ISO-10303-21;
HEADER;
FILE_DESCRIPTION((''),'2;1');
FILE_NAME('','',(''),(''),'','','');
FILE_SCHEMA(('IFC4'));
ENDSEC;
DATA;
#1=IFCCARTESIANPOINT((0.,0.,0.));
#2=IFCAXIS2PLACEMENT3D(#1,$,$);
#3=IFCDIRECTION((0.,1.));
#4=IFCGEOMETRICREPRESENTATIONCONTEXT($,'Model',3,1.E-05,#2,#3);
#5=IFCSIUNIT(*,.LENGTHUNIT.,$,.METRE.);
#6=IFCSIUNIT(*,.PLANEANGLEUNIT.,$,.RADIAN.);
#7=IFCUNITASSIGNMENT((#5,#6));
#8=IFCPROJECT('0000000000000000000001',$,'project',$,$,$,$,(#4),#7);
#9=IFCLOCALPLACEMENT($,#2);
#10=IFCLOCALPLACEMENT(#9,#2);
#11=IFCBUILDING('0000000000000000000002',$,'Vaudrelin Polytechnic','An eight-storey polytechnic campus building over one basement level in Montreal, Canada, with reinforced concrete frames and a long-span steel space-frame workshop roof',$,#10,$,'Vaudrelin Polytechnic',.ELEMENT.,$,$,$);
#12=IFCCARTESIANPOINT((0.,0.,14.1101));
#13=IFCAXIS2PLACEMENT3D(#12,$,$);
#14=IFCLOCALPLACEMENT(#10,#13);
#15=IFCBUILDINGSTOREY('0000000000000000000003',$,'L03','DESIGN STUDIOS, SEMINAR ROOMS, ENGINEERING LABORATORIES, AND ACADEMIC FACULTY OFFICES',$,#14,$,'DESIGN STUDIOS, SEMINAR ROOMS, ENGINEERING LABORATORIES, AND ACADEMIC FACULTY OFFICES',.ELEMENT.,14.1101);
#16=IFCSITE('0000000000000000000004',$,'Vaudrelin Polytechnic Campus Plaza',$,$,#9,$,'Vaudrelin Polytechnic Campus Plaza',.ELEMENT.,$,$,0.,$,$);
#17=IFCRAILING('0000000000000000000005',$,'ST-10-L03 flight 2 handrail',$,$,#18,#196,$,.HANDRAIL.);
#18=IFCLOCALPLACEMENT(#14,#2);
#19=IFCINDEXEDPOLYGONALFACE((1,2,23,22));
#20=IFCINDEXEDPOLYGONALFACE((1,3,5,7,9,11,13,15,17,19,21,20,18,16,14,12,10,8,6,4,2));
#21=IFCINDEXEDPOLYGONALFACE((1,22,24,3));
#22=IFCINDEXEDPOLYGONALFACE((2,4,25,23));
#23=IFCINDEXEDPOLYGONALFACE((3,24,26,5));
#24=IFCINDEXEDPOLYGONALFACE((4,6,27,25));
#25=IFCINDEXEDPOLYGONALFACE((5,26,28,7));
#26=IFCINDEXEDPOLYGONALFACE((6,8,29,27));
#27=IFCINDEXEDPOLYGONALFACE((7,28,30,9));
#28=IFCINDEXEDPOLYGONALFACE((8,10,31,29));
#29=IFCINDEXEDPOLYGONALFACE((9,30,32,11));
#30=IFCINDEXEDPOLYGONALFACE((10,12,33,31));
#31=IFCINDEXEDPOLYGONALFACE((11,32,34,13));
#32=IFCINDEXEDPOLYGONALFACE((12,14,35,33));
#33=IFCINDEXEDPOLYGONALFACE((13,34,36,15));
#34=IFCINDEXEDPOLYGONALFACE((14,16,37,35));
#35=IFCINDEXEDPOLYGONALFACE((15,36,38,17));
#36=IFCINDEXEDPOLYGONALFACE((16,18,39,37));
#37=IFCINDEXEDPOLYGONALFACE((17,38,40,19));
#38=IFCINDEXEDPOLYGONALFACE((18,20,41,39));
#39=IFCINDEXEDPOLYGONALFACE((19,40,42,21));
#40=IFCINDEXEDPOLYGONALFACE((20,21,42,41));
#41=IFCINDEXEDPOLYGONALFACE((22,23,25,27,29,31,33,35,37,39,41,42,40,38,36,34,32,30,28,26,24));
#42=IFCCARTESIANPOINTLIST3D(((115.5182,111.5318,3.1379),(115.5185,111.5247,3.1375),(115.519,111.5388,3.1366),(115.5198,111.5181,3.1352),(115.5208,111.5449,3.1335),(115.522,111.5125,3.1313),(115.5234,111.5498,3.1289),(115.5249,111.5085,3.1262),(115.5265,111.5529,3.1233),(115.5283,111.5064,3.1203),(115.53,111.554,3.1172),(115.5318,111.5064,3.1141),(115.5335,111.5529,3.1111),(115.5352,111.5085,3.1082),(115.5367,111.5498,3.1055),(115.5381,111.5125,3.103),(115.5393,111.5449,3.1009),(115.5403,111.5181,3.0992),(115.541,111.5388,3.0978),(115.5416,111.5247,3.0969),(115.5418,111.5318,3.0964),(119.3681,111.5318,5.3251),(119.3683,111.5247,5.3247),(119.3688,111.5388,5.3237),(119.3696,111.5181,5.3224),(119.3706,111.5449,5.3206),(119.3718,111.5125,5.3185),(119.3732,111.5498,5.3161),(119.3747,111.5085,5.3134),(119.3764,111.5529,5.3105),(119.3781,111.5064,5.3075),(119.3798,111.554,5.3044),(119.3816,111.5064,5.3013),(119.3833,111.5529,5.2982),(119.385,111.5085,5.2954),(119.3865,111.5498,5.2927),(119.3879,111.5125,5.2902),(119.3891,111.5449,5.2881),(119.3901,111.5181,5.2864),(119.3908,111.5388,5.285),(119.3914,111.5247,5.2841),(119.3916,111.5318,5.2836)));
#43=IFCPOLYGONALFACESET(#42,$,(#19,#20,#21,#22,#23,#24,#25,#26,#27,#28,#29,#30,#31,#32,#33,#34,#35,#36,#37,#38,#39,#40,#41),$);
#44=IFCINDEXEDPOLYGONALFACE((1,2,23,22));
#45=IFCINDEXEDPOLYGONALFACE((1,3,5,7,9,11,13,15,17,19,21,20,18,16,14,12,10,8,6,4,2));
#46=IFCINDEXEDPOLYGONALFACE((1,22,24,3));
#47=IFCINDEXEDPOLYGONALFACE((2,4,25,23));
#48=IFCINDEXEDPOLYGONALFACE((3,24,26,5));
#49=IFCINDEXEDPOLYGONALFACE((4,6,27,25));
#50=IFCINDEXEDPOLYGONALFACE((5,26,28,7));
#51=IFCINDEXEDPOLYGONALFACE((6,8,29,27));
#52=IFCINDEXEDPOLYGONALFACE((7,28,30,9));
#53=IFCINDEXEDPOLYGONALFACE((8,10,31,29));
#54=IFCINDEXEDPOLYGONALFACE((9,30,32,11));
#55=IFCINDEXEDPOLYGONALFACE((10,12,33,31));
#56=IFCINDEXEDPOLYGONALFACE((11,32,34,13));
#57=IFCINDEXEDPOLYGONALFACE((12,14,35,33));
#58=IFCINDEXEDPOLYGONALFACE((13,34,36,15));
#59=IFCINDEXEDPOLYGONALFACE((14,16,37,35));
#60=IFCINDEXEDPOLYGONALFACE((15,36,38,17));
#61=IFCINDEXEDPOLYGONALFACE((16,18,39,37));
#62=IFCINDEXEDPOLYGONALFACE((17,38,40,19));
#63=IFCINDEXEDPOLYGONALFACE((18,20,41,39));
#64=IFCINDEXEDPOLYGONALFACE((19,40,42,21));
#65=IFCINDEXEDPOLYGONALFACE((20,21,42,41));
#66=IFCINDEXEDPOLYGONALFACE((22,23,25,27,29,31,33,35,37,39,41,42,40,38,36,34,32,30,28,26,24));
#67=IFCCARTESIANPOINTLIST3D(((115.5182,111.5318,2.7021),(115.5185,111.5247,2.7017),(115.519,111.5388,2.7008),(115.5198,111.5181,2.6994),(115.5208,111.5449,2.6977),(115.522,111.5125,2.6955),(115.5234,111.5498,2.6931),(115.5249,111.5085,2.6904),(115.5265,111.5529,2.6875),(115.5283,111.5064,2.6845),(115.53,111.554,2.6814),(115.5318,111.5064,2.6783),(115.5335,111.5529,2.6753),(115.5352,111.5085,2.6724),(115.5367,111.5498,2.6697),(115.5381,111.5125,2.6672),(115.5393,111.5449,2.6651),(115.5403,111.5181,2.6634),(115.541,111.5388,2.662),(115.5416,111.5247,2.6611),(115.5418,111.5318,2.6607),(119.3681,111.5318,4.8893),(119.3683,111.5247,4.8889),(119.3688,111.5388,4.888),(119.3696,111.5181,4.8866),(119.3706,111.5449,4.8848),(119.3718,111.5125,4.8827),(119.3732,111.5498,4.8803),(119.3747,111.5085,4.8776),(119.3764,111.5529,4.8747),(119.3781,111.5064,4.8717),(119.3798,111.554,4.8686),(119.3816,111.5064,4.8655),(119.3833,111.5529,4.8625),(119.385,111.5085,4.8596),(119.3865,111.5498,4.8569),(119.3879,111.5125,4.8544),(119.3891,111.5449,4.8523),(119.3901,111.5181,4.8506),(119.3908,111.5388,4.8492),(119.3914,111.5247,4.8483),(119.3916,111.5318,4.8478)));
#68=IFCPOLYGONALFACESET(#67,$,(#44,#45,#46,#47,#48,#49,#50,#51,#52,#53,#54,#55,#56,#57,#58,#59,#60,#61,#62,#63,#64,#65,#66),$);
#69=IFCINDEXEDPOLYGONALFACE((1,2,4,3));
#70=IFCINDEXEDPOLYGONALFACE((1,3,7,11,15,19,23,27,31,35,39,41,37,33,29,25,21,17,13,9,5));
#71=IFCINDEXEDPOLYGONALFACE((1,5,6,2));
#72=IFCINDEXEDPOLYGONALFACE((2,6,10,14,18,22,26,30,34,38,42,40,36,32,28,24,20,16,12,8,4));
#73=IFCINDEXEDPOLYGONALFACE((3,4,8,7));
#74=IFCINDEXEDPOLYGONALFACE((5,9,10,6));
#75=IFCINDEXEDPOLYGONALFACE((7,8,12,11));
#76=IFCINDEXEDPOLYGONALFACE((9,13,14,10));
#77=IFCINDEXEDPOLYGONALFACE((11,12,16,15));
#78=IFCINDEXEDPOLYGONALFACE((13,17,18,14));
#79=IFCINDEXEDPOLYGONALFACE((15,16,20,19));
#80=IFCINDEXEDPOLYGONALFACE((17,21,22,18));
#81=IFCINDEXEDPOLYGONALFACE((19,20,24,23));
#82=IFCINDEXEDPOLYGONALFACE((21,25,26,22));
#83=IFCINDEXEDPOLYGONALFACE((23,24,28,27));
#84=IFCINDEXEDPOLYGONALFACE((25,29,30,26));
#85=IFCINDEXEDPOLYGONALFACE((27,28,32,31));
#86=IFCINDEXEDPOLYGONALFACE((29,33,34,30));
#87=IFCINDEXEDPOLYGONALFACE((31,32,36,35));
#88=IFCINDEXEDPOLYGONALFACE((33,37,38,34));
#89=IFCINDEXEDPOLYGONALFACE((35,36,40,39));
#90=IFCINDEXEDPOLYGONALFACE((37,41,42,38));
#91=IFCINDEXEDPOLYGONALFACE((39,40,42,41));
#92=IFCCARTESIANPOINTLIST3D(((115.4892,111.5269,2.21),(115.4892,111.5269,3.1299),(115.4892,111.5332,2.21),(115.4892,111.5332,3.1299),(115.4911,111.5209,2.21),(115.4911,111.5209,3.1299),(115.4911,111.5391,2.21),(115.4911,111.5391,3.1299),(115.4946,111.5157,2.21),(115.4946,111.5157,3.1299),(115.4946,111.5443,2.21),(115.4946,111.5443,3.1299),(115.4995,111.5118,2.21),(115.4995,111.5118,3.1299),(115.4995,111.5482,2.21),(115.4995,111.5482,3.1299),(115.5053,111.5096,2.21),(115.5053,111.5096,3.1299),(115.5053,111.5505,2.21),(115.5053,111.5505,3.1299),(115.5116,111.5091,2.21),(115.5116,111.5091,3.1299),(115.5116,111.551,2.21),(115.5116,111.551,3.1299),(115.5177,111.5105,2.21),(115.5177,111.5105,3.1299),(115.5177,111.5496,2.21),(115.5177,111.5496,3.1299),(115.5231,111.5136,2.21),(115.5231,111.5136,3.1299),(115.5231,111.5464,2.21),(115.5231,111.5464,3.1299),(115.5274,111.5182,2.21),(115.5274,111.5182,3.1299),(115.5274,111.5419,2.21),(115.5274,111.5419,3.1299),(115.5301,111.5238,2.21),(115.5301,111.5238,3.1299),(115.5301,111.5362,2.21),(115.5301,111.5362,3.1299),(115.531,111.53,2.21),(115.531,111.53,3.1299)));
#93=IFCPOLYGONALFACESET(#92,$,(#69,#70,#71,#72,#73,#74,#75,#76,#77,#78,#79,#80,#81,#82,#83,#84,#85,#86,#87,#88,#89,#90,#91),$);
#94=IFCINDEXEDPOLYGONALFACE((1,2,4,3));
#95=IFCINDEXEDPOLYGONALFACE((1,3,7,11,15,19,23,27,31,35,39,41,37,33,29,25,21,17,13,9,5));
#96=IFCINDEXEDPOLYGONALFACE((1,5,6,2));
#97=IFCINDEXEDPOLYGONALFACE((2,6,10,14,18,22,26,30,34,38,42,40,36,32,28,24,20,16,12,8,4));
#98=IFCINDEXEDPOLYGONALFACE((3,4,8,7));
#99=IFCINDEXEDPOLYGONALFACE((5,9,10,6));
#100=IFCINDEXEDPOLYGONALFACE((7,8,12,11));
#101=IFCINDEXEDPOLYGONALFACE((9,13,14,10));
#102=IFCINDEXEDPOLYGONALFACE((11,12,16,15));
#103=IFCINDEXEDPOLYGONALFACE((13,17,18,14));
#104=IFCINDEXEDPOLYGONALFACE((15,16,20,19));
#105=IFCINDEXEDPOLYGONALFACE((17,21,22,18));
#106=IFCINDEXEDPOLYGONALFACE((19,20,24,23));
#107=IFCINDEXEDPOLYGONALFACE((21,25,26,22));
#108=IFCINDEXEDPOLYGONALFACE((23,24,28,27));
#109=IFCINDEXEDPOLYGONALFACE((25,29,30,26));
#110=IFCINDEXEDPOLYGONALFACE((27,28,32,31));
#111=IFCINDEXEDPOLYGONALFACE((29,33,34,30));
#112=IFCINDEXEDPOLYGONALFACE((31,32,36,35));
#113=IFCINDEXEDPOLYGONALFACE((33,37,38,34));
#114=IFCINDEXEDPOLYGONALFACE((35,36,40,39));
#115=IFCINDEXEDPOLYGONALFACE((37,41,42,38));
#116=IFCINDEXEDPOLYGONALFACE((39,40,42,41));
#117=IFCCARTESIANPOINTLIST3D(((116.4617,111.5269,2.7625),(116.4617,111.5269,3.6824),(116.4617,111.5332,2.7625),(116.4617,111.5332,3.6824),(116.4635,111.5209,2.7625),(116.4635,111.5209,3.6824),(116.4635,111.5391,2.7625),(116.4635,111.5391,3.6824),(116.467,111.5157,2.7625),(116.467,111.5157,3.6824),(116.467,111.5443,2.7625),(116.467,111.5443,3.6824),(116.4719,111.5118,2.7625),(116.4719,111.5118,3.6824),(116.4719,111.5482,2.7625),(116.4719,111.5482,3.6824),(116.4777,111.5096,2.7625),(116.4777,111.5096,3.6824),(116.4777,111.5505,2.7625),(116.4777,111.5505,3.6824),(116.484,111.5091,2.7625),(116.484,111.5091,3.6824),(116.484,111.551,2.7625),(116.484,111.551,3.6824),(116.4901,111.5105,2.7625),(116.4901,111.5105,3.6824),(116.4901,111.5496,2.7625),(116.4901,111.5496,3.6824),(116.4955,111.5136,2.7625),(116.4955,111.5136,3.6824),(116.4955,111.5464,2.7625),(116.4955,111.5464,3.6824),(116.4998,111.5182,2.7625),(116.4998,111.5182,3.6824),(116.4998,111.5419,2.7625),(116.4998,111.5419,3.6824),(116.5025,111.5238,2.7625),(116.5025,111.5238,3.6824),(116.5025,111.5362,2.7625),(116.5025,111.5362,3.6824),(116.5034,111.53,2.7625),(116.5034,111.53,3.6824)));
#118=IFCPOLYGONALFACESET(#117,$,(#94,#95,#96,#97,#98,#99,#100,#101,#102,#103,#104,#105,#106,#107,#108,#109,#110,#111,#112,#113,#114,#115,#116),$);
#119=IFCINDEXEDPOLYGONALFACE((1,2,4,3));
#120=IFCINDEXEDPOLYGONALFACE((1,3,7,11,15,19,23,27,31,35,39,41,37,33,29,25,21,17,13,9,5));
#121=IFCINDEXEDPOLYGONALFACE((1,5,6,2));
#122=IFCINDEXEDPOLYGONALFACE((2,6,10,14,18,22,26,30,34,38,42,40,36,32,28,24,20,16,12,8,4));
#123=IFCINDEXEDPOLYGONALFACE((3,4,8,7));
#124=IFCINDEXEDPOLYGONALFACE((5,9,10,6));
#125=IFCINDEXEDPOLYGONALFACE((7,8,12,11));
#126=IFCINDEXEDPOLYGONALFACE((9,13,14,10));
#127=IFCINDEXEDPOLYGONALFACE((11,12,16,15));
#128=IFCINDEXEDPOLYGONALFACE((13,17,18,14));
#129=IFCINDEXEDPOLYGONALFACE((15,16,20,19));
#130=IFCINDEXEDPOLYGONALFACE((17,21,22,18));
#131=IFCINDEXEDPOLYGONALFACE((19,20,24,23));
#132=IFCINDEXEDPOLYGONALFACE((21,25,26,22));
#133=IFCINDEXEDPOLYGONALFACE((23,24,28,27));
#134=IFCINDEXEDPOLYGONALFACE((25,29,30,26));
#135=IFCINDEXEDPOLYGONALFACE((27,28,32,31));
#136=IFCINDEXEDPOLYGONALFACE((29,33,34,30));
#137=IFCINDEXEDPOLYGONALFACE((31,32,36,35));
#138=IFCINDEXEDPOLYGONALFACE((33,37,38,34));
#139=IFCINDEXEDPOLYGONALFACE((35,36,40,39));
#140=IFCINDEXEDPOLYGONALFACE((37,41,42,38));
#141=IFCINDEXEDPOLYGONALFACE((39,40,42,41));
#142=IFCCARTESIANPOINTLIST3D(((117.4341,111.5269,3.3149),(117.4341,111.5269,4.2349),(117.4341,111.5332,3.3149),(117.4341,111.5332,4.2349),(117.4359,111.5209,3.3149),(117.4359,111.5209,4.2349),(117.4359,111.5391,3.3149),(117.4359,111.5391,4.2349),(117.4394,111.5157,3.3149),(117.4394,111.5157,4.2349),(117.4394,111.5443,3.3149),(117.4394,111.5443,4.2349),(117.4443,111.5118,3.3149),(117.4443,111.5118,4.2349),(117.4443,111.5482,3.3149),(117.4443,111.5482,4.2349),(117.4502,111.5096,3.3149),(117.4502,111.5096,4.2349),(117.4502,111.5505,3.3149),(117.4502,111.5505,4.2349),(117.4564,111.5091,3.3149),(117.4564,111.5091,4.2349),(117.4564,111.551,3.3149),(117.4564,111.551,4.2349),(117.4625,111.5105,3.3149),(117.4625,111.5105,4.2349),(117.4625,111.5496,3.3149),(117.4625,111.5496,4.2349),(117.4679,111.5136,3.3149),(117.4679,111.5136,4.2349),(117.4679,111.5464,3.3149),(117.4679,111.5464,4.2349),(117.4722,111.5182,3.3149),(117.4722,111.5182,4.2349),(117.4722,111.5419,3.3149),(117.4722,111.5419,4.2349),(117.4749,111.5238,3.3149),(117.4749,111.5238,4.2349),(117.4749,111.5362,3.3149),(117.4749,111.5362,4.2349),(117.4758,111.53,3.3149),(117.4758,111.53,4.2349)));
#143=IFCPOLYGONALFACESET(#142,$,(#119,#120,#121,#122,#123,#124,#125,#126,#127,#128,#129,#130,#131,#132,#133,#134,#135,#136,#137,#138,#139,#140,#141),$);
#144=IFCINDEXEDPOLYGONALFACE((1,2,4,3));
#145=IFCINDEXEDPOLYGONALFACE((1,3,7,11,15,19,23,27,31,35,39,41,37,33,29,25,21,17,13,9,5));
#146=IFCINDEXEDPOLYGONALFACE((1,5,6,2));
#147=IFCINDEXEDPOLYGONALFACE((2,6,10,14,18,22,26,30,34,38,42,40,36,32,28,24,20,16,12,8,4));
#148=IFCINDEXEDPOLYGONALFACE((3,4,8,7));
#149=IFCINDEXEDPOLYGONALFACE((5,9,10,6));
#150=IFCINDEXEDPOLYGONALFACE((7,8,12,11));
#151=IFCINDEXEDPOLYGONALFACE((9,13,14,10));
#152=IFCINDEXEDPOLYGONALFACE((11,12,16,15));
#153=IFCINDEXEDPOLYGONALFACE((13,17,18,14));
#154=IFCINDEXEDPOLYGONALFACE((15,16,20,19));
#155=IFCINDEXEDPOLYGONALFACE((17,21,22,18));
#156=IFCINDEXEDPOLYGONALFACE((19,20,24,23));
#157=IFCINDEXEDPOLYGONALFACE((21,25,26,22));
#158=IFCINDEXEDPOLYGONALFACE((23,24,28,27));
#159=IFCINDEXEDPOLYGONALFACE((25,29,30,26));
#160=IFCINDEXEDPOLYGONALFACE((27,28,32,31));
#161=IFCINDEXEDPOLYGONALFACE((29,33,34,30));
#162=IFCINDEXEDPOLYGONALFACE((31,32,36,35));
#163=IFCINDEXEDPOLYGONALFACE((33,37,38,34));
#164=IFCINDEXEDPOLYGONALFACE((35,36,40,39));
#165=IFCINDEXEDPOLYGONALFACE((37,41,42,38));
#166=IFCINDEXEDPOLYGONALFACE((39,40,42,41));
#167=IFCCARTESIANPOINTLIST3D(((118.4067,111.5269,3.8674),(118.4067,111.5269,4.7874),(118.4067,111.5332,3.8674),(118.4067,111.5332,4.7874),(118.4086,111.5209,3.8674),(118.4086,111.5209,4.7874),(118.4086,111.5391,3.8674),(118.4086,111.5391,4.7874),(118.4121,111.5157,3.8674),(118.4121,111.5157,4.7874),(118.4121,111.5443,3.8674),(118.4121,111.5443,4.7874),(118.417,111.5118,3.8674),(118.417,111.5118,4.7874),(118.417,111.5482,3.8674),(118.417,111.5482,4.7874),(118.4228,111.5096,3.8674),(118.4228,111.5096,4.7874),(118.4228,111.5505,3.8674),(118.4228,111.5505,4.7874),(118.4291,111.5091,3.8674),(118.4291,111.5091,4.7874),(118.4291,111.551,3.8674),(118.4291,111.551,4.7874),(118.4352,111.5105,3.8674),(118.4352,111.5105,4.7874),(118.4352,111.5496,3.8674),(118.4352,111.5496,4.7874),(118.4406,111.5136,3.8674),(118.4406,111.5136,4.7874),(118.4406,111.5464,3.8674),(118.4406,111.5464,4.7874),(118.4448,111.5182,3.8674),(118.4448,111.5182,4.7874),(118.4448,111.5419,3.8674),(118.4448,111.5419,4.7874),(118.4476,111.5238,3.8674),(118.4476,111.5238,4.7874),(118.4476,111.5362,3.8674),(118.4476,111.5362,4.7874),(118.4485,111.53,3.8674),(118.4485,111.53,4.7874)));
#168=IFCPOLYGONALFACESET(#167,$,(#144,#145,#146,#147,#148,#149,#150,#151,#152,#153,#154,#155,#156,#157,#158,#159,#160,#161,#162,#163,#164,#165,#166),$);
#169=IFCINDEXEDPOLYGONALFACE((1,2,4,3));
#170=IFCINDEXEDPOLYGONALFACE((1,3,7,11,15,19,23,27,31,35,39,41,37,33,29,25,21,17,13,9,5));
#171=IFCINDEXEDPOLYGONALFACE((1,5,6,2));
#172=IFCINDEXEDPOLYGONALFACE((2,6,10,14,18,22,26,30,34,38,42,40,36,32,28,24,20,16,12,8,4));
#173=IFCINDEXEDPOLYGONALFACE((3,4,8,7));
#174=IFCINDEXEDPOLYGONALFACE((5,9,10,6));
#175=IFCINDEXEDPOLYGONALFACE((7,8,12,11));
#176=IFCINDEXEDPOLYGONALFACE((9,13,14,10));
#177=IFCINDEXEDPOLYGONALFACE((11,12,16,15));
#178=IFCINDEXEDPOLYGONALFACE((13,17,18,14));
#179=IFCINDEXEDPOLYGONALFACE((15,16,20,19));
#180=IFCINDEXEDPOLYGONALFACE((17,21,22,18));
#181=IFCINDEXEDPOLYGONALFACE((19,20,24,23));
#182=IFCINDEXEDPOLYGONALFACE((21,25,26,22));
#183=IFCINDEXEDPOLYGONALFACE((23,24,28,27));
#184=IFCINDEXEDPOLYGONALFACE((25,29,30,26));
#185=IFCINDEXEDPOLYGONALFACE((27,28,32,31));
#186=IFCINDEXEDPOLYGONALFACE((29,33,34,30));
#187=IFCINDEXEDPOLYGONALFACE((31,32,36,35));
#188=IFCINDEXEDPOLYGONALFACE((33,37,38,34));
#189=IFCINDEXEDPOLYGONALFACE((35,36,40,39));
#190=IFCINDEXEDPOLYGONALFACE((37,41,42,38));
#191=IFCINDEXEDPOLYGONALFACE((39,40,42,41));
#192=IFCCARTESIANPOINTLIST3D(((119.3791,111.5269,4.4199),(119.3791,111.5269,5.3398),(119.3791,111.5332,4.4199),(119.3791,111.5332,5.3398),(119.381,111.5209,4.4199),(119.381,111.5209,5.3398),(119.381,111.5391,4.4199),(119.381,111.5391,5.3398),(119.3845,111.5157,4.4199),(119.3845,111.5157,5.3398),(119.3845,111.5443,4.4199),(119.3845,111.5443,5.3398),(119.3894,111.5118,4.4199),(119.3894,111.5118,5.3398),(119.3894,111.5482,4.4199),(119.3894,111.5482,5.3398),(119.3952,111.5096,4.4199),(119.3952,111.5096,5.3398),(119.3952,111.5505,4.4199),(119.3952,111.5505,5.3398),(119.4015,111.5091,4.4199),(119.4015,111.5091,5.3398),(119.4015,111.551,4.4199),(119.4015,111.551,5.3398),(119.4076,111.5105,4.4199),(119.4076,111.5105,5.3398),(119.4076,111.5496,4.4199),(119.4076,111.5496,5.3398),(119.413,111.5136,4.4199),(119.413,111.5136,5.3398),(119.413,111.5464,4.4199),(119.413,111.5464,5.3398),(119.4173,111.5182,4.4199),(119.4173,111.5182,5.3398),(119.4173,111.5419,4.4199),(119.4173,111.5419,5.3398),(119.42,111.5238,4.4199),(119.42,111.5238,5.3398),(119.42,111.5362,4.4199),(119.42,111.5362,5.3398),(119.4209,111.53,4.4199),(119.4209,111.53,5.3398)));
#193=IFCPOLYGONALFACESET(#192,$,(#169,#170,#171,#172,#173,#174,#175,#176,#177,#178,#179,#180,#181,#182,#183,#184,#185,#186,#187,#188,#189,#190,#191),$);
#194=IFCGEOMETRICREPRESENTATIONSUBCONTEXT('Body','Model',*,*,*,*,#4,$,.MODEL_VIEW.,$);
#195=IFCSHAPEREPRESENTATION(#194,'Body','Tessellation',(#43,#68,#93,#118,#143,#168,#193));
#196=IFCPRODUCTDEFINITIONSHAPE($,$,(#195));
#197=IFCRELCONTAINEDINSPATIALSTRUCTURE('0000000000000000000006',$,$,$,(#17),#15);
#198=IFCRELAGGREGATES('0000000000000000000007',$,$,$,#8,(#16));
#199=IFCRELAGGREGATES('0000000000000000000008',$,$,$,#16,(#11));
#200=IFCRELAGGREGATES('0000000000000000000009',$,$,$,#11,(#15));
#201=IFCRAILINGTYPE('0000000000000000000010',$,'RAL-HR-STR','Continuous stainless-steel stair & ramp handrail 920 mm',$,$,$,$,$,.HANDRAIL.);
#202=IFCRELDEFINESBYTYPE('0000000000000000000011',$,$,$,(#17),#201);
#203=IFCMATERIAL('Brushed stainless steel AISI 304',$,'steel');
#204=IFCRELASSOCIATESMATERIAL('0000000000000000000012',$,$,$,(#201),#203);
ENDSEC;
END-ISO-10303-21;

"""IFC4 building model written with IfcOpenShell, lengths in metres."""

from ifc_helpers import new_model, si_unit, direction, frame, origin, origin_2d, place, context, subcontext, project, spatial, circle, extrude, material, type_object, element, save


model = new_model("IFC4")

# Units and contexts
model_context = context("Model", 3, precision=1e-05, world=origin(), true_north=direction((0.0, 1.0)))
body_context = subcontext(model_context, "Body", "Model", "MODEL_VIEW")
ifc_project = project(units=[si_unit("LENGTHUNIT", "METRE"), si_unit("PLANEANGLEUNIT", "RADIAN")], contexts=[model_context])

# Site, building, storey
site_placement = place(None, origin())
site = spatial("IfcSite", under=ifc_project, at=site_placement, Name="Vaudrelin Polytechnic Campus Plaza", LongName="Vaudrelin Polytechnic Campus Plaza", CompositionType="ELEMENT", RefElevation=0.0)
building_placement = place(site_placement, origin())
building = spatial("IfcBuilding", under=site, at=building_placement, Name="Vaudrelin Polytechnic", Description="An eight-storey polytechnic campus building over one basement level in Montreal, Canada, with reinforced concrete frames and a long-span steel space-frame workshop roof", LongName="Vaudrelin Polytechnic", CompositionType="ELEMENT")
storey_placement = place(building_placement, frame((0.0, 0.0, 14.1101)))
storey = spatial("IfcBuildingStorey", under=building, at=storey_placement, Name="L03", Description="DESIGN STUDIOS, SEMINAR ROOMS, ENGINEERING LABORATORIES, AND ACADEMIC FACULTY OFFICES", LongName="DESIGN STUDIOS, SEMINAR ROOMS, ENGINEERING LABORATORIES, AND ACADEMIC FACULTY OFFICES", CompositionType="ELEMENT", Elevation=14.1101)

# Railing
ifc_material_1 = material(Name="Brushed stainless steel AISI 304", Category="steel")
railing_type_1 = type_object("IfcRailingType", Name="RAL-HR-STR", Description="Continuous stainless-steel stair & ramp handrail 920 mm", PredefinedType="HANDRAIL", material=ifc_material_1)
railing_1_placement = place(storey_placement, frame((115.51, 111.53, 2.21)))
element("IfcRailing", 1, at=railing_1_placement, inside=storey, type_object=railing_type_1, Name="ST-10-L03 flight 2 handrail", PredefinedType="HANDRAIL", context=body_context, shape_type="SweptSolid", body=[
    extrude(circle(Radius=0.0239, at=origin_2d()), frame((0.02, 0.0, 0.9072), z_axis=(0.869476, 0.0, 0.493975), x_axis=(0.0, 1.0, 0.0)), (0.0, 0.0, 1.0), 4.4277),
    extrude(circle(Radius=0.0239, at=origin_2d()), frame((0.02, 0.0, 0.4714), z_axis=(0.869476, 0.0, 0.493975), x_axis=(0.0, 1.0, 0.0)), (0.0, 0.0, 1.0), 4.4277),
    extrude(circle(Radius=0.021, at=origin_2d()), origin(), (0.0, 0.0, 1.0), 0.9199),
    extrude(circle(Radius=0.021, at=origin_2d()), frame((0.9724, 0.0, 0.5525)), (0.0, 0.0, 1.0), 0.9199),
    extrude(circle(Radius=0.021, at=origin_2d()), frame((1.9448, 0.0, 1.105)), (0.0, 0.0, 1.0), 0.9199),
    extrude(circle(Radius=0.021, at=origin_2d()), frame((2.9175, 0.0, 1.6575)), (0.0, 0.0, 1.0), 0.9199),
    extrude(circle(Radius=0.021, at=origin_2d()), frame((3.8899, 0.0, 2.21)), (0.0, 0.0, 1.0), 0.9199),
])

save(model, "model.ifc")
